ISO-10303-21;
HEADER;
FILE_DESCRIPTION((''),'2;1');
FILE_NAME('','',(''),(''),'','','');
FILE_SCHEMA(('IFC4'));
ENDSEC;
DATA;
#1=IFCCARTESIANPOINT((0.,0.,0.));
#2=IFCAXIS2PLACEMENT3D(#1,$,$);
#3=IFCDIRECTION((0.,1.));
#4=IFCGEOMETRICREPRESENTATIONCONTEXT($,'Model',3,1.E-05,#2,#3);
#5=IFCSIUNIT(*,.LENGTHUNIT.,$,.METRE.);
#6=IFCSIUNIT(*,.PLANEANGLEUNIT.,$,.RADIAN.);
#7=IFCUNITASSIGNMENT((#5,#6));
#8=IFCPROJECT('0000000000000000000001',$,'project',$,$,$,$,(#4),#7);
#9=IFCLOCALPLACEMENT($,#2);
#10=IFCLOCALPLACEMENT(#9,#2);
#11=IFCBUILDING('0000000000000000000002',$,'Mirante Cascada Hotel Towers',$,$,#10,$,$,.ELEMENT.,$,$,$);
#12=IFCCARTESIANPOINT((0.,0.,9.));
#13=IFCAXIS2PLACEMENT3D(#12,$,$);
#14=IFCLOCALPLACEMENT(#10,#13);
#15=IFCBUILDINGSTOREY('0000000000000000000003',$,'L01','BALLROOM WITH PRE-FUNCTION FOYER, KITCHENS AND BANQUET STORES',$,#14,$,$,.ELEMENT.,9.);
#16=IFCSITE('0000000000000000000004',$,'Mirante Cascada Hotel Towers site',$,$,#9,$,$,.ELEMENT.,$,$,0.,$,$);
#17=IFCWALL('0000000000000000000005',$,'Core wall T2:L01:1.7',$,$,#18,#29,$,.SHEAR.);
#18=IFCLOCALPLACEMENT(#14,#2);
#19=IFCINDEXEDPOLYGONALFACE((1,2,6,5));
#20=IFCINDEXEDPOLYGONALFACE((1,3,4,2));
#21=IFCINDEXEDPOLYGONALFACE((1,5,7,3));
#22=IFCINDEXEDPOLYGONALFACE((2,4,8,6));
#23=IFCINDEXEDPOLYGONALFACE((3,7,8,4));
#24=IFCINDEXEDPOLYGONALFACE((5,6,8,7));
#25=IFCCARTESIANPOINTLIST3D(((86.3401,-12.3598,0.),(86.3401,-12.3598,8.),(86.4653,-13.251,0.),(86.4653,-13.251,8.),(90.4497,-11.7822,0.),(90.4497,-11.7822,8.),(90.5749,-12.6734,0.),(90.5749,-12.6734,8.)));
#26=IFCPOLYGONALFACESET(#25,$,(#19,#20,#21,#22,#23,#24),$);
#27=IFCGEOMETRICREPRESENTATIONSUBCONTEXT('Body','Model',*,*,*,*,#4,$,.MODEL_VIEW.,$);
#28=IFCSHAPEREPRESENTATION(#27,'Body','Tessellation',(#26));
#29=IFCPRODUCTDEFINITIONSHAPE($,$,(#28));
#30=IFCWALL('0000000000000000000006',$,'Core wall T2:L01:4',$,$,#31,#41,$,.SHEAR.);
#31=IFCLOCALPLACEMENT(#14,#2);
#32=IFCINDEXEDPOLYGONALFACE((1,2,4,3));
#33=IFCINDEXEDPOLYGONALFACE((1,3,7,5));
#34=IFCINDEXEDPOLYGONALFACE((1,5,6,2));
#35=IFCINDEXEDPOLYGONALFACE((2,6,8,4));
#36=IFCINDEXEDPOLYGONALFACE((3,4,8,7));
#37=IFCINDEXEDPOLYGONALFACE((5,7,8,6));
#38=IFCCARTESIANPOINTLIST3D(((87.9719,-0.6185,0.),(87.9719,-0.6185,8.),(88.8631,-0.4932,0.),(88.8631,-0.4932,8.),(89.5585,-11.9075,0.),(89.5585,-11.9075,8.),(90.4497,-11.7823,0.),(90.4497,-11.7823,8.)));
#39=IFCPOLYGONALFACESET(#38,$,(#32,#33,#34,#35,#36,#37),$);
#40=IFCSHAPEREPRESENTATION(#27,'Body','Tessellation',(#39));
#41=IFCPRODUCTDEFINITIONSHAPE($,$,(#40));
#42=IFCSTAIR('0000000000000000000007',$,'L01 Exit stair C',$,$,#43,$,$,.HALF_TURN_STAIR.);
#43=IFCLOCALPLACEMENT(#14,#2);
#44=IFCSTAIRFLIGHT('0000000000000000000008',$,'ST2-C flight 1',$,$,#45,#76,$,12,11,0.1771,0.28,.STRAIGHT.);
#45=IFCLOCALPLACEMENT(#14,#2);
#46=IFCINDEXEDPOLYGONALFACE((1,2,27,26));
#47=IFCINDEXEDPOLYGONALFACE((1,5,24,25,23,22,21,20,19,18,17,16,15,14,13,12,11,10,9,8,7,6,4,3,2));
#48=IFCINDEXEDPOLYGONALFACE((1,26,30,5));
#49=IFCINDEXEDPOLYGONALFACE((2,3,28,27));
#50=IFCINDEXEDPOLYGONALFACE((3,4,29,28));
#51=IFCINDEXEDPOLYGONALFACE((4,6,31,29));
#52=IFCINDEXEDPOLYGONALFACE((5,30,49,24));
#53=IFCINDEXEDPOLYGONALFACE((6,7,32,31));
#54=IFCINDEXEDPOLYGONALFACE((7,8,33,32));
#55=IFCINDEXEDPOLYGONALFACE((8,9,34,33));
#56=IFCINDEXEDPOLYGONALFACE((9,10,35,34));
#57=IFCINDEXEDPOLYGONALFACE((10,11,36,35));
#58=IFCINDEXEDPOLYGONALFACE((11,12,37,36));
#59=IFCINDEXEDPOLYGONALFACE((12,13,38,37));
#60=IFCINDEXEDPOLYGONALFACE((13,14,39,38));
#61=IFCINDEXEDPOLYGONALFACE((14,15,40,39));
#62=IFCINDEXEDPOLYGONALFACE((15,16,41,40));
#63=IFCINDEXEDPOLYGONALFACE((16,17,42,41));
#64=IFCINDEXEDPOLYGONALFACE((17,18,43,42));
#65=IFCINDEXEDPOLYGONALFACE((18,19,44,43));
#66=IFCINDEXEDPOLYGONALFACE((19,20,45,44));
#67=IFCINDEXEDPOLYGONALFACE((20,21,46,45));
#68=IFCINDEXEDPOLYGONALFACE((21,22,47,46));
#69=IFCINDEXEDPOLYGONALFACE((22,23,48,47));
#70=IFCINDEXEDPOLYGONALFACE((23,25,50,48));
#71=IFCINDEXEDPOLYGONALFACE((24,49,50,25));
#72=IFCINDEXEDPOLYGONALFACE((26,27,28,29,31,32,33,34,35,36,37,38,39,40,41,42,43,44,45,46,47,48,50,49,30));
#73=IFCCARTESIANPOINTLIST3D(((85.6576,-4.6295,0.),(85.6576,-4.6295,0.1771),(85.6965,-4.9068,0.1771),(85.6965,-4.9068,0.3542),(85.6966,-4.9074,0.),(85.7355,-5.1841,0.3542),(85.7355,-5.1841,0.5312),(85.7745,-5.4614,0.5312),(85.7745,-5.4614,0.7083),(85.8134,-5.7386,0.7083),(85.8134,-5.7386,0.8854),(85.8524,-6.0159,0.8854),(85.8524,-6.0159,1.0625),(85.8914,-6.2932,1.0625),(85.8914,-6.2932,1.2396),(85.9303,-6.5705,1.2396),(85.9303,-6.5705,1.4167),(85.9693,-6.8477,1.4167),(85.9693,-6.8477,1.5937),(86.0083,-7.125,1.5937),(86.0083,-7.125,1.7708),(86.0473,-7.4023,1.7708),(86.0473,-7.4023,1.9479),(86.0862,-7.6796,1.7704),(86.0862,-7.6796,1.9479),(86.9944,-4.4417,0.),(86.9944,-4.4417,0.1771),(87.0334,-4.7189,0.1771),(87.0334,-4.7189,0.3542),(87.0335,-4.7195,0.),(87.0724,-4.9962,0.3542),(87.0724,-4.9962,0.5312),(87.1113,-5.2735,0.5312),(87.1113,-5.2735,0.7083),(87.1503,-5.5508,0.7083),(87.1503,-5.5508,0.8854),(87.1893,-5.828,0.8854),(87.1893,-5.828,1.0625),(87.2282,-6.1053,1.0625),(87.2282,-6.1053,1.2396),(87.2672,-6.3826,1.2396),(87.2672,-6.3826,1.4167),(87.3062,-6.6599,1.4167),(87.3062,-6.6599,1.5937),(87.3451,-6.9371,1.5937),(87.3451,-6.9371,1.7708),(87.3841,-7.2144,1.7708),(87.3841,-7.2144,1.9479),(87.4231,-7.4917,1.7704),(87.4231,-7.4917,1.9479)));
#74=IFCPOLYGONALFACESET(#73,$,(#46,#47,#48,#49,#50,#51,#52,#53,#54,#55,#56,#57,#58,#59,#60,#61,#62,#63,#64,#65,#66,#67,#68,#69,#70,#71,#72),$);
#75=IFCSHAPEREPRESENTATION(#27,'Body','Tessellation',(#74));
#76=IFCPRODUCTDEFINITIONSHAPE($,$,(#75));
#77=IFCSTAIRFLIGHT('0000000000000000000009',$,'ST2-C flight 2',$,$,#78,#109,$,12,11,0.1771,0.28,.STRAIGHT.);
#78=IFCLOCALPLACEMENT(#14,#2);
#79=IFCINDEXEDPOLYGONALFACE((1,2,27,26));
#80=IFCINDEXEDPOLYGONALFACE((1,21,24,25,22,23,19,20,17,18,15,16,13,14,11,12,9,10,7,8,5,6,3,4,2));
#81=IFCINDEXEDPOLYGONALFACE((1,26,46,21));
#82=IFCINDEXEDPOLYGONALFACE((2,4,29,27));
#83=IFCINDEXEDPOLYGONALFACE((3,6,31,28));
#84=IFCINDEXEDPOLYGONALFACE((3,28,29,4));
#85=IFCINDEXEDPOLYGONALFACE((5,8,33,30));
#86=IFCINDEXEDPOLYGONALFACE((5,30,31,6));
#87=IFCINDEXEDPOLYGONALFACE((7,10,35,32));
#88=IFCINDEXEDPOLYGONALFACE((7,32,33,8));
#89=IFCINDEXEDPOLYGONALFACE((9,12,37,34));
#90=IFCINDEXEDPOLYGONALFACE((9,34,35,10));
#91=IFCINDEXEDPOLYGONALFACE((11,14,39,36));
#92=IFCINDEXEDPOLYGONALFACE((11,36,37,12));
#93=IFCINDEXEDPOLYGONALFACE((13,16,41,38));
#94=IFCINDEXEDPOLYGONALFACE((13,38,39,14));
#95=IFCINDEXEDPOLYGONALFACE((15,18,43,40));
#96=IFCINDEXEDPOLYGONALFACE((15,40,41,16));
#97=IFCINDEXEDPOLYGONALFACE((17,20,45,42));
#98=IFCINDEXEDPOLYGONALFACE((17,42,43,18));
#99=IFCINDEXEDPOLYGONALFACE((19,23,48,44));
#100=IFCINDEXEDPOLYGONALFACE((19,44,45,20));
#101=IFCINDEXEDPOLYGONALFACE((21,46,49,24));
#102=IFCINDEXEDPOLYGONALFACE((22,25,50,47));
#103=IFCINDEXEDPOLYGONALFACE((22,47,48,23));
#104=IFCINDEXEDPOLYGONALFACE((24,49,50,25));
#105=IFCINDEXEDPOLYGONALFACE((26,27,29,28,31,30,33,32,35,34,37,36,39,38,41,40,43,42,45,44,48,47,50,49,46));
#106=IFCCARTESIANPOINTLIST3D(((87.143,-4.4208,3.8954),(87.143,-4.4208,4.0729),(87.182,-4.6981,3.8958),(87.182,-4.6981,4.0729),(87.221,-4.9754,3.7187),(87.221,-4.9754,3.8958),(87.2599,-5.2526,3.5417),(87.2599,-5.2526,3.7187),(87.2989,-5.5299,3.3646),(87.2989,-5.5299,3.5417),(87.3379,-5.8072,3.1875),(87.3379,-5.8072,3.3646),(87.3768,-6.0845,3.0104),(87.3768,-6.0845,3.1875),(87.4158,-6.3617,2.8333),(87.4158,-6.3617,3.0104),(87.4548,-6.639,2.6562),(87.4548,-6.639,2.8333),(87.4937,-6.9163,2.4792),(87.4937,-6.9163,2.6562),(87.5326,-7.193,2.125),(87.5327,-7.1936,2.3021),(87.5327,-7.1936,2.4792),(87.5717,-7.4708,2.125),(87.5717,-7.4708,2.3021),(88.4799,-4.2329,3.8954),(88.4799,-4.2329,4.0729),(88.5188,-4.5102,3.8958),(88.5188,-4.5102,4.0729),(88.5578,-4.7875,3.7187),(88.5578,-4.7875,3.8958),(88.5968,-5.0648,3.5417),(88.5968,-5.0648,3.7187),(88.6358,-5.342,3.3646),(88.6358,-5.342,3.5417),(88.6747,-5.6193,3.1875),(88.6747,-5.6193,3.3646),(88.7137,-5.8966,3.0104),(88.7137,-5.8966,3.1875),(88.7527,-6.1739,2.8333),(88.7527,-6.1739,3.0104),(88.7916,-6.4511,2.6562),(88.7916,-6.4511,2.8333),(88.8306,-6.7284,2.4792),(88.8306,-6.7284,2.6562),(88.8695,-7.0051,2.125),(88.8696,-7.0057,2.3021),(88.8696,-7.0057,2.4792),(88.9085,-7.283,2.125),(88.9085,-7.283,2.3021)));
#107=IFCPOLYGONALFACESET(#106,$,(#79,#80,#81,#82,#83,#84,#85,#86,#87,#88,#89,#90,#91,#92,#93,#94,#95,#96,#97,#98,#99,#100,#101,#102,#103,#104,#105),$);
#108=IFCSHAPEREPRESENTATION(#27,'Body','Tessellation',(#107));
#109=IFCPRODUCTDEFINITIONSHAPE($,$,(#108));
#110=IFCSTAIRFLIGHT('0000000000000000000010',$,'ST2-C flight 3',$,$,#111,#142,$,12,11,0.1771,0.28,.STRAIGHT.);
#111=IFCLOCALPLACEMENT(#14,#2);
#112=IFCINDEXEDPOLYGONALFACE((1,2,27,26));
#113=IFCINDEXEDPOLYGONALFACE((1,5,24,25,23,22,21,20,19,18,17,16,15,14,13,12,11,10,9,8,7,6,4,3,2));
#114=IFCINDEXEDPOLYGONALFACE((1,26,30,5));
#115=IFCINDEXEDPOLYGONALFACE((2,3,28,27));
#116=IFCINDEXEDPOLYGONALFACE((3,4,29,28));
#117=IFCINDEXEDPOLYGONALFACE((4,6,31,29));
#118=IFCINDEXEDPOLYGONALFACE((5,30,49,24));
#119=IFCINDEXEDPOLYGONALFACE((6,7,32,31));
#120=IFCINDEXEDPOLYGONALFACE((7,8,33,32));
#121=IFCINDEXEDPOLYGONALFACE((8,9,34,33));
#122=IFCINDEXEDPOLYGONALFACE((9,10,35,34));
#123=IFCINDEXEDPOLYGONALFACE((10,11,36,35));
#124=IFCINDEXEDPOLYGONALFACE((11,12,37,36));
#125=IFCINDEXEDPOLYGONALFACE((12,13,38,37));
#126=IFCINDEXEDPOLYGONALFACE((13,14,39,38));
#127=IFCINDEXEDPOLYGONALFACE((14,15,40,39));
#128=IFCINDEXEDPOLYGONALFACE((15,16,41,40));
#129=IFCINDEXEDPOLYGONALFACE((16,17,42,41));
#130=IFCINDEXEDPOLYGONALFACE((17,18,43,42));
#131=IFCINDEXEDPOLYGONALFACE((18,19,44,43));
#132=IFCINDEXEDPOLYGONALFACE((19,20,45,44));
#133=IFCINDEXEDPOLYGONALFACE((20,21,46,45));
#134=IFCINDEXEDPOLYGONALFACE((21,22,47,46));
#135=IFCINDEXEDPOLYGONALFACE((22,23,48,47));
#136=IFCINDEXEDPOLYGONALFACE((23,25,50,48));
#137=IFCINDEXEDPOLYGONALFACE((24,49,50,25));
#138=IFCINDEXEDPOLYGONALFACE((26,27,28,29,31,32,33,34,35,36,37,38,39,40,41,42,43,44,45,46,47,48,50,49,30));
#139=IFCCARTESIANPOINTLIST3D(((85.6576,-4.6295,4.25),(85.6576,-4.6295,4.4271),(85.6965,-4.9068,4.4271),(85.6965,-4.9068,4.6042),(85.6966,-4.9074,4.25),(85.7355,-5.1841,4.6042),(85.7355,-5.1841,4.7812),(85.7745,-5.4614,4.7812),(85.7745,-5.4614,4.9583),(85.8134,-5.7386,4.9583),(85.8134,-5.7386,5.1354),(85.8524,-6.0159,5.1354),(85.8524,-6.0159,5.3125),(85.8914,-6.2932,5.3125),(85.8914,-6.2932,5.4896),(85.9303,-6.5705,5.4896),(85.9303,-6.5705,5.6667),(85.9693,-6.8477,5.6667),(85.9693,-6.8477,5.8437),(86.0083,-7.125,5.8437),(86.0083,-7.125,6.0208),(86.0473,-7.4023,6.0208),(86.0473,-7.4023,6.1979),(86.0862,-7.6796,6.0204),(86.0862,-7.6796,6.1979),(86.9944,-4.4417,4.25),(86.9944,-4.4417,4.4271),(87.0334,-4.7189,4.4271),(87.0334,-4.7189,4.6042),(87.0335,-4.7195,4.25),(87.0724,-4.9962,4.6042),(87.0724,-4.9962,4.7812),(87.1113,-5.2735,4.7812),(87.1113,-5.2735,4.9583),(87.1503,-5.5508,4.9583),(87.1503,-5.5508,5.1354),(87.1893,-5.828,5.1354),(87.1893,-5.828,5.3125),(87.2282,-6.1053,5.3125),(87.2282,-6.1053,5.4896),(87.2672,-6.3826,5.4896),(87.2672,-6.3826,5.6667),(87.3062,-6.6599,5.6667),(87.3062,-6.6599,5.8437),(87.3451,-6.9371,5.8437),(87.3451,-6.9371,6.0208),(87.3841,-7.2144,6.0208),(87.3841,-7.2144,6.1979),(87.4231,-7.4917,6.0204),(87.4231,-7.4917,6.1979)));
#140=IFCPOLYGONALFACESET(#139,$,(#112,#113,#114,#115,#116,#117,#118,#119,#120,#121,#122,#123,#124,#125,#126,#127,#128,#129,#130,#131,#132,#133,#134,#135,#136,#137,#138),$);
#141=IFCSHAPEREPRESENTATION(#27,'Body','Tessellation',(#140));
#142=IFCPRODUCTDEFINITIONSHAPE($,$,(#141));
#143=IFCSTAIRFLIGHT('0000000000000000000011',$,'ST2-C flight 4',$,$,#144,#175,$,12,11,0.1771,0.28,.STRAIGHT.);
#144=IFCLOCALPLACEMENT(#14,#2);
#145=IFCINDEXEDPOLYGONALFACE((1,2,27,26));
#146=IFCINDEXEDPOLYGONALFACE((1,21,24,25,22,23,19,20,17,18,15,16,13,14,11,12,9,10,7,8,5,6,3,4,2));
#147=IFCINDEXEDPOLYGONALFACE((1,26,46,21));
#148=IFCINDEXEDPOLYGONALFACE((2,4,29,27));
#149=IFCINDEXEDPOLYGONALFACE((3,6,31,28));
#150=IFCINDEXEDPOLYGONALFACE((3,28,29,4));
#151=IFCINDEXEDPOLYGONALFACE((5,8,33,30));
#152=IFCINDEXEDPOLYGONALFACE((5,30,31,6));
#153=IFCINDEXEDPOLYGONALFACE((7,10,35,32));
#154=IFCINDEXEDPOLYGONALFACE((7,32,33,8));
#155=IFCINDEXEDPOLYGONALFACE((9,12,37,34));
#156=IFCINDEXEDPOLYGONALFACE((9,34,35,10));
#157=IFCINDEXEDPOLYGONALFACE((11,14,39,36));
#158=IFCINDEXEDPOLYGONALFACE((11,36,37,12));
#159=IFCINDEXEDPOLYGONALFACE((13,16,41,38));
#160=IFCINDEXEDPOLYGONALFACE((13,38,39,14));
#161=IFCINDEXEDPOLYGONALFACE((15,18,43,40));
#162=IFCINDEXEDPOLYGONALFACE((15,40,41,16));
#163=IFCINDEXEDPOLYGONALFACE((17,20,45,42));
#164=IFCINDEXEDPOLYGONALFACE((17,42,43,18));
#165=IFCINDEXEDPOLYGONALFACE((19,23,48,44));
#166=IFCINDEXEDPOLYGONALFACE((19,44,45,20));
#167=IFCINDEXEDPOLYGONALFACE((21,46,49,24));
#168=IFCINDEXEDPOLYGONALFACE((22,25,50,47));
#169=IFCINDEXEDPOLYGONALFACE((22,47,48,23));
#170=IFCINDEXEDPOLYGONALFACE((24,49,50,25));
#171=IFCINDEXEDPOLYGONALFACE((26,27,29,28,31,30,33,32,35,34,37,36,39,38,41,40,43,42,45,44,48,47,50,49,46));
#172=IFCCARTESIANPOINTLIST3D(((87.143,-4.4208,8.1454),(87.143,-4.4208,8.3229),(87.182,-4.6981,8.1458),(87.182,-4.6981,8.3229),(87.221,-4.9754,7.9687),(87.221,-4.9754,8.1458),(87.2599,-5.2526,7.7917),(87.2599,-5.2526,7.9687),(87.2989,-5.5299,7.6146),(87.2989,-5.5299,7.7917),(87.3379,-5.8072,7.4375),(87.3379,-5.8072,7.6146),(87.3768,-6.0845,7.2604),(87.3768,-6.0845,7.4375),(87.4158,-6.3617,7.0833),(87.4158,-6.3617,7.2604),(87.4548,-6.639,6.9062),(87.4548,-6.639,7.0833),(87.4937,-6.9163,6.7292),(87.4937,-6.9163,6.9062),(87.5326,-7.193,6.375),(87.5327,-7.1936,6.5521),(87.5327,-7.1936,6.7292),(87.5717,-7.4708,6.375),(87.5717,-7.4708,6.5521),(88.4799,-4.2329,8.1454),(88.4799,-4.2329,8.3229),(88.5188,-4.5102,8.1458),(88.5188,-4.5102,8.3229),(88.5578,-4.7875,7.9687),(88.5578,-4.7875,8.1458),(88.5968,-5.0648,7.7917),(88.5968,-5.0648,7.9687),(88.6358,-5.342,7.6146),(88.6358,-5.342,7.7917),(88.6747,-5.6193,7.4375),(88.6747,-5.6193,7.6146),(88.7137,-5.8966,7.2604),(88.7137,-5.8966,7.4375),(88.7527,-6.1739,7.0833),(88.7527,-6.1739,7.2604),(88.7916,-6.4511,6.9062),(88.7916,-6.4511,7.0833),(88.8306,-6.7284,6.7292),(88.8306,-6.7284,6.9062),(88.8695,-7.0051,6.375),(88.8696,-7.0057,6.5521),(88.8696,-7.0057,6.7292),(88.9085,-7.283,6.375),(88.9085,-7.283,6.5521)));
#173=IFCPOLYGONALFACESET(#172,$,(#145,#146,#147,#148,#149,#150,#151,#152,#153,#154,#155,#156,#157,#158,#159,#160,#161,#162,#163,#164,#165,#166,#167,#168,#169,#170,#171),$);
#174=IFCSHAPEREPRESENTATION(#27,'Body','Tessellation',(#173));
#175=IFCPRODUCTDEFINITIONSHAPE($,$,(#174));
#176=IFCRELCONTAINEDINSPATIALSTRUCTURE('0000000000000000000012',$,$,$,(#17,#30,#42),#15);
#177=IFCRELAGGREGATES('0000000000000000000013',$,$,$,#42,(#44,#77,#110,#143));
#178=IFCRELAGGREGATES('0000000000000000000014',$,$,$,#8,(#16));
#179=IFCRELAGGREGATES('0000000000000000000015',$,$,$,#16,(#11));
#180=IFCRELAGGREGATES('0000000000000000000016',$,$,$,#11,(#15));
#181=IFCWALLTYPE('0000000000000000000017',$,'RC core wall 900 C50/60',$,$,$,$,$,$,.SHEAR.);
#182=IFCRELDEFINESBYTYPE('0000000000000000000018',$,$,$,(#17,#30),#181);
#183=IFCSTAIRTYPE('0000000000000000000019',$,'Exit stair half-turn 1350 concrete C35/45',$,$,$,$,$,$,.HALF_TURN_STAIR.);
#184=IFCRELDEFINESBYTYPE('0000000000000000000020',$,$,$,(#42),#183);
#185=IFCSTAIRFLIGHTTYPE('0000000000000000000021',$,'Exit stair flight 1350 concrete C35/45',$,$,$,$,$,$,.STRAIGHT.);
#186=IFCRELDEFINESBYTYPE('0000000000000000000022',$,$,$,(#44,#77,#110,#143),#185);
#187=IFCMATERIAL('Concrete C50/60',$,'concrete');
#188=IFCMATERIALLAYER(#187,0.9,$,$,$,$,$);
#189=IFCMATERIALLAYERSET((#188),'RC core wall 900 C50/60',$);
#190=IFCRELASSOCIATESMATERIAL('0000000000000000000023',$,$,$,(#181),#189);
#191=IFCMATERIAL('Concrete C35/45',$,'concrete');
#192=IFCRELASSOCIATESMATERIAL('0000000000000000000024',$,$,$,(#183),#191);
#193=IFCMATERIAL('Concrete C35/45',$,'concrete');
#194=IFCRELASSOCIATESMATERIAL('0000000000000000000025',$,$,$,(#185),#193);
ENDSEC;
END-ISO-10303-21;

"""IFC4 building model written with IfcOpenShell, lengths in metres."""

from ifc_helpers import new_model, si_unit, direction, frame, frame_2d, origin, place, context, subcontext, project, spatial, polyline, rectangle, outline, extrude, material, layer, layer_set, type_object, element, aggregate, save


model = new_model("IFC4")

# Units and contexts
model_context = context("Model", 3, precision=1e-05, world=origin(), true_north=direction((0.0, 1.0)))
body_context = subcontext(model_context, "Body", "Model", "MODEL_VIEW")
ifc_project = project(units=[si_unit("LENGTHUNIT", "METRE"), si_unit("PLANEANGLEUNIT", "RADIAN")], contexts=[model_context])

# Site, building, storey
site_placement = place(None, origin())
site = spatial("IfcSite", under=ifc_project, at=site_placement, Name="Mirante Cascada Hotel Towers site", CompositionType="ELEMENT", RefElevation=0.0)
building_placement = place(site_placement, origin())
building = spatial("IfcBuilding", under=site, at=building_placement, Name="Mirante Cascada Hotel Towers", CompositionType="ELEMENT")
storey_placement = place(building_placement, frame((0.0, 0.0, 9.0)))
storey = spatial("IfcBuildingStorey", under=building, at=storey_placement, Name="L01", Description="BALLROOM WITH PRE-FUNCTION FOYER, KITCHENS AND BANQUET STORES", CompositionType="ELEMENT", Elevation=9.0)

# Walls
ifc_material_1 = material(Name="Concrete C50/60", Category="concrete")
ifc_layer_1 = layer(ifc_material_1, 0.9)
ifc_layer_set_1 = layer_set([ifc_layer_1], Name="RC core wall 900 C50/60")
wall_type_1 = type_object("IfcWallType", Name="RC core wall 900 C50/60", PredefinedType="SHEAR", material=ifc_layer_set_1)
wall_1_placement = place(storey_placement, frame((86.4027, -12.8054, 0.0), z_axis=(0.0, 0.0, 1.0), x_axis=(0.990267, 0.139181, 0.0)))
element("IfcWall", 1, at=wall_1_placement, inside=storey, type_object=wall_type_1, Name="Core wall T2:L01:1.7", PredefinedType="SHEAR", context=body_context, shape_type="SweptSolid", body=[
    extrude(rectangle(XDim=4.15, YDim=0.9, at=frame_2d((2.075, 0.0))), origin(), (0.0, 0.0, 1.0), 8.0),
])
wall_2_placement = place(storey_placement, frame((90.0041, -11.8449, 0.0), z_axis=(0.0, 0.0, 1.0), x_axis=(-0.139175, 0.990268, 0.0)))
element("IfcWall", 2, at=wall_2_placement, inside=storey, type_object=wall_type_1, Name="Core wall T2:L01:4", PredefinedType="SHEAR", context=body_context, shape_type="SweptSolid", body=[
    extrude(rectangle(XDim=11.4, YDim=0.9, at=frame_2d((5.7, 0.0))), origin(), (0.0, 0.0, 1.0), 8.0),
])

# Stair, stair flights
ifc_material_2 = material(Name="Concrete C35/45", Category="concrete")
stair_type = type_object("IfcStairType", Name="Exit stair half-turn 1350 concrete C35/45", PredefinedType="HALF_TURN_STAIR", material=ifc_material_2)
stair_placement = place(storey_placement, origin())
stair = element("IfcStair", 3, at=stair_placement, inside=storey, type_object=stair_type, Name="L01 Exit stair C", PredefinedType="HALF_TURN_STAIR")
ifc_material_3 = material(Name="Concrete C35/45", Category="concrete")
stair_flight_type = type_object("IfcStairFlightType", Name="Exit stair flight 1350 concrete C35/45", PredefinedType="STRAIGHT", material=ifc_material_3)
stair_flight_1_placement = place(storey_placement, frame((86.326, -4.5356, 0.0), z_axis=(0.0, 0.0, 1.0), x_axis=(0.139173, -0.990268, 0.0)))
stair_flight_1 = element("IfcStairFlight", 4, at=stair_flight_1_placement, type_object=stair_flight_type, Name="ST2-C flight 1", NumberOfRisers=12, NumberOfTreads=11, PredefinedType="STRAIGHT", RiserHeight=0.1771, TreadLength=0.28, context=body_context, shape_type="SweptSolid", body=[
    extrude(outline(polyline([(0.0, 0.0), (0.0, 0.1771), (0.28, 0.1771), (0.28, 0.3542), (0.56, 0.3542), (0.56, 0.5312), (0.84, 0.5312), (0.84, 0.7083), (1.12, 0.7083), (1.12, 0.8854), (1.4, 0.8854), (1.4, 1.0625), (1.68, 1.0625), (1.68, 1.2396), (1.96, 1.2396), (1.96, 1.4167), (2.24, 1.4167), (2.24, 1.5937), (2.52, 1.5937), (2.52, 1.7708), (2.8, 1.7708), (2.8, 1.9479), (3.08, 1.9479), (3.08, 2.125), (3.08, 1.7704), (0.2806, 0.0), (0.0, 0.0)])), frame((0.0, 0.675, 0.0), z_axis=(0.0, -1.0, 0.0), x_axis=(1.0, 0.0, 0.0)), (0.0, 0.0, 1.0), 1.35),
])
stair_flight_2_placement = place(storey_placement, frame((88.2401, -7.3769, 2.125), z_axis=(0.0, 0.0, 1.0), x_axis=(-0.139173, 0.990268, 0.0)))
stair_flight_2 = element("IfcStairFlight", 5, at=stair_flight_2_placement, type_object=stair_flight_type, Name="ST2-C flight 2", NumberOfRisers=12, NumberOfTreads=11, PredefinedType="STRAIGHT", RiserHeight=0.1771, TreadLength=0.28, context=body_context, shape_type="SweptSolid", body=[
    extrude(outline(polyline([(0.0, 0.0), (0.0, 0.1771), (0.28, 0.1771), (0.28, 0.3542), (0.56, 0.3542), (0.56, 0.5312), (0.84, 0.5312), (0.84, 0.7083), (1.12, 0.7083), (1.12, 0.8854), (1.4, 0.8854), (1.4, 1.0625), (1.68, 1.0625), (1.68, 1.2396), (1.96, 1.2396), (1.96, 1.4167), (2.24, 1.4167), (2.24, 1.5937), (2.52, 1.5937), (2.52, 1.7708), (2.8, 1.7708), (2.8, 1.9479), (3.08, 1.9479), (3.08, 2.125), (3.08, 1.7704), (0.2806, 0.0), (0.0, 0.0)])), frame((0.0, 0.675, 0.0), z_axis=(0.0, -1.0, 0.0), x_axis=(1.0, 0.0, 0.0)), (0.0, 0.0, 1.0), 1.35),
])
stair_flight_3_placement = place(storey_placement, frame((86.326, -4.5356, 4.25), z_axis=(0.0, 0.0, 1.0), x_axis=(0.139173, -0.990268, 0.0)))
stair_flight_3 = element("IfcStairFlight", 6, at=stair_flight_3_placement, type_object=stair_flight_type, Name="ST2-C flight 3", NumberOfRisers=12, NumberOfTreads=11, PredefinedType="STRAIGHT", RiserHeight=0.1771, TreadLength=0.28, context=body_context, shape_type="SweptSolid", body=[
    extrude(outline(polyline([(0.0, 0.0), (0.0, 0.1771), (0.28, 0.1771), (0.28, 0.3542), (0.56, 0.3542), (0.56, 0.5312), (0.84, 0.5312), (0.84, 0.7083), (1.12, 0.7083), (1.12, 0.8854), (1.4, 0.8854), (1.4, 1.0625), (1.68, 1.0625), (1.68, 1.2396), (1.96, 1.2396), (1.96, 1.4167), (2.24, 1.4167), (2.24, 1.5937), (2.52, 1.5937), (2.52, 1.7708), (2.8, 1.7708), (2.8, 1.9479), (3.08, 1.9479), (3.08, 2.125), (3.08, 1.7704), (0.2806, 0.0), (0.0, 0.0)])), frame((0.0, 0.675, 0.0), z_axis=(0.0, -1.0, 0.0), x_axis=(1.0, 0.0, 0.0)), (0.0, 0.0, 1.0), 1.35),
])
stair_flight_4_placement = place(storey_placement, frame((88.2401, -7.3769, 6.375), z_axis=(0.0, 0.0, 1.0), x_axis=(-0.139173, 0.990268, 0.0)))
stair_flight_4 = element("IfcStairFlight", 7, at=stair_flight_4_placement, type_object=stair_flight_type, Name="ST2-C flight 4", NumberOfRisers=12, NumberOfTreads=11, PredefinedType="STRAIGHT", RiserHeight=0.1771, TreadLength=0.28, context=body_context, shape_type="SweptSolid", body=[
    extrude(outline(polyline([(0.0, 0.0), (0.0, 0.1771), (0.28, 0.1771), (0.28, 0.3542), (0.56, 0.3542), (0.56, 0.5312), (0.84, 0.5312), (0.84, 0.7083), (1.12, 0.7083), (1.12, 0.8854), (1.4, 0.8854), (1.4, 1.0625), (1.68, 1.0625), (1.68, 1.2396), (1.96, 1.2396), (1.96, 1.4167), (2.24, 1.4167), (2.24, 1.5937), (2.52, 1.5937), (2.52, 1.7708), (2.8, 1.7708), (2.8, 1.9479), (3.08, 1.9479), (3.08, 2.125), (3.08, 1.7704), (0.2806, 0.0), (0.0, 0.0)])), frame((0.0, 0.675, 0.0), z_axis=(0.0, -1.0, 0.0), x_axis=(1.0, 0.0, 0.0)), (0.0, 0.0, 1.0), 1.35),
])
aggregate(stair, [stair_flight_1, stair_flight_2, stair_flight_3, stair_flight_4])

save(model, "model.ifc")
